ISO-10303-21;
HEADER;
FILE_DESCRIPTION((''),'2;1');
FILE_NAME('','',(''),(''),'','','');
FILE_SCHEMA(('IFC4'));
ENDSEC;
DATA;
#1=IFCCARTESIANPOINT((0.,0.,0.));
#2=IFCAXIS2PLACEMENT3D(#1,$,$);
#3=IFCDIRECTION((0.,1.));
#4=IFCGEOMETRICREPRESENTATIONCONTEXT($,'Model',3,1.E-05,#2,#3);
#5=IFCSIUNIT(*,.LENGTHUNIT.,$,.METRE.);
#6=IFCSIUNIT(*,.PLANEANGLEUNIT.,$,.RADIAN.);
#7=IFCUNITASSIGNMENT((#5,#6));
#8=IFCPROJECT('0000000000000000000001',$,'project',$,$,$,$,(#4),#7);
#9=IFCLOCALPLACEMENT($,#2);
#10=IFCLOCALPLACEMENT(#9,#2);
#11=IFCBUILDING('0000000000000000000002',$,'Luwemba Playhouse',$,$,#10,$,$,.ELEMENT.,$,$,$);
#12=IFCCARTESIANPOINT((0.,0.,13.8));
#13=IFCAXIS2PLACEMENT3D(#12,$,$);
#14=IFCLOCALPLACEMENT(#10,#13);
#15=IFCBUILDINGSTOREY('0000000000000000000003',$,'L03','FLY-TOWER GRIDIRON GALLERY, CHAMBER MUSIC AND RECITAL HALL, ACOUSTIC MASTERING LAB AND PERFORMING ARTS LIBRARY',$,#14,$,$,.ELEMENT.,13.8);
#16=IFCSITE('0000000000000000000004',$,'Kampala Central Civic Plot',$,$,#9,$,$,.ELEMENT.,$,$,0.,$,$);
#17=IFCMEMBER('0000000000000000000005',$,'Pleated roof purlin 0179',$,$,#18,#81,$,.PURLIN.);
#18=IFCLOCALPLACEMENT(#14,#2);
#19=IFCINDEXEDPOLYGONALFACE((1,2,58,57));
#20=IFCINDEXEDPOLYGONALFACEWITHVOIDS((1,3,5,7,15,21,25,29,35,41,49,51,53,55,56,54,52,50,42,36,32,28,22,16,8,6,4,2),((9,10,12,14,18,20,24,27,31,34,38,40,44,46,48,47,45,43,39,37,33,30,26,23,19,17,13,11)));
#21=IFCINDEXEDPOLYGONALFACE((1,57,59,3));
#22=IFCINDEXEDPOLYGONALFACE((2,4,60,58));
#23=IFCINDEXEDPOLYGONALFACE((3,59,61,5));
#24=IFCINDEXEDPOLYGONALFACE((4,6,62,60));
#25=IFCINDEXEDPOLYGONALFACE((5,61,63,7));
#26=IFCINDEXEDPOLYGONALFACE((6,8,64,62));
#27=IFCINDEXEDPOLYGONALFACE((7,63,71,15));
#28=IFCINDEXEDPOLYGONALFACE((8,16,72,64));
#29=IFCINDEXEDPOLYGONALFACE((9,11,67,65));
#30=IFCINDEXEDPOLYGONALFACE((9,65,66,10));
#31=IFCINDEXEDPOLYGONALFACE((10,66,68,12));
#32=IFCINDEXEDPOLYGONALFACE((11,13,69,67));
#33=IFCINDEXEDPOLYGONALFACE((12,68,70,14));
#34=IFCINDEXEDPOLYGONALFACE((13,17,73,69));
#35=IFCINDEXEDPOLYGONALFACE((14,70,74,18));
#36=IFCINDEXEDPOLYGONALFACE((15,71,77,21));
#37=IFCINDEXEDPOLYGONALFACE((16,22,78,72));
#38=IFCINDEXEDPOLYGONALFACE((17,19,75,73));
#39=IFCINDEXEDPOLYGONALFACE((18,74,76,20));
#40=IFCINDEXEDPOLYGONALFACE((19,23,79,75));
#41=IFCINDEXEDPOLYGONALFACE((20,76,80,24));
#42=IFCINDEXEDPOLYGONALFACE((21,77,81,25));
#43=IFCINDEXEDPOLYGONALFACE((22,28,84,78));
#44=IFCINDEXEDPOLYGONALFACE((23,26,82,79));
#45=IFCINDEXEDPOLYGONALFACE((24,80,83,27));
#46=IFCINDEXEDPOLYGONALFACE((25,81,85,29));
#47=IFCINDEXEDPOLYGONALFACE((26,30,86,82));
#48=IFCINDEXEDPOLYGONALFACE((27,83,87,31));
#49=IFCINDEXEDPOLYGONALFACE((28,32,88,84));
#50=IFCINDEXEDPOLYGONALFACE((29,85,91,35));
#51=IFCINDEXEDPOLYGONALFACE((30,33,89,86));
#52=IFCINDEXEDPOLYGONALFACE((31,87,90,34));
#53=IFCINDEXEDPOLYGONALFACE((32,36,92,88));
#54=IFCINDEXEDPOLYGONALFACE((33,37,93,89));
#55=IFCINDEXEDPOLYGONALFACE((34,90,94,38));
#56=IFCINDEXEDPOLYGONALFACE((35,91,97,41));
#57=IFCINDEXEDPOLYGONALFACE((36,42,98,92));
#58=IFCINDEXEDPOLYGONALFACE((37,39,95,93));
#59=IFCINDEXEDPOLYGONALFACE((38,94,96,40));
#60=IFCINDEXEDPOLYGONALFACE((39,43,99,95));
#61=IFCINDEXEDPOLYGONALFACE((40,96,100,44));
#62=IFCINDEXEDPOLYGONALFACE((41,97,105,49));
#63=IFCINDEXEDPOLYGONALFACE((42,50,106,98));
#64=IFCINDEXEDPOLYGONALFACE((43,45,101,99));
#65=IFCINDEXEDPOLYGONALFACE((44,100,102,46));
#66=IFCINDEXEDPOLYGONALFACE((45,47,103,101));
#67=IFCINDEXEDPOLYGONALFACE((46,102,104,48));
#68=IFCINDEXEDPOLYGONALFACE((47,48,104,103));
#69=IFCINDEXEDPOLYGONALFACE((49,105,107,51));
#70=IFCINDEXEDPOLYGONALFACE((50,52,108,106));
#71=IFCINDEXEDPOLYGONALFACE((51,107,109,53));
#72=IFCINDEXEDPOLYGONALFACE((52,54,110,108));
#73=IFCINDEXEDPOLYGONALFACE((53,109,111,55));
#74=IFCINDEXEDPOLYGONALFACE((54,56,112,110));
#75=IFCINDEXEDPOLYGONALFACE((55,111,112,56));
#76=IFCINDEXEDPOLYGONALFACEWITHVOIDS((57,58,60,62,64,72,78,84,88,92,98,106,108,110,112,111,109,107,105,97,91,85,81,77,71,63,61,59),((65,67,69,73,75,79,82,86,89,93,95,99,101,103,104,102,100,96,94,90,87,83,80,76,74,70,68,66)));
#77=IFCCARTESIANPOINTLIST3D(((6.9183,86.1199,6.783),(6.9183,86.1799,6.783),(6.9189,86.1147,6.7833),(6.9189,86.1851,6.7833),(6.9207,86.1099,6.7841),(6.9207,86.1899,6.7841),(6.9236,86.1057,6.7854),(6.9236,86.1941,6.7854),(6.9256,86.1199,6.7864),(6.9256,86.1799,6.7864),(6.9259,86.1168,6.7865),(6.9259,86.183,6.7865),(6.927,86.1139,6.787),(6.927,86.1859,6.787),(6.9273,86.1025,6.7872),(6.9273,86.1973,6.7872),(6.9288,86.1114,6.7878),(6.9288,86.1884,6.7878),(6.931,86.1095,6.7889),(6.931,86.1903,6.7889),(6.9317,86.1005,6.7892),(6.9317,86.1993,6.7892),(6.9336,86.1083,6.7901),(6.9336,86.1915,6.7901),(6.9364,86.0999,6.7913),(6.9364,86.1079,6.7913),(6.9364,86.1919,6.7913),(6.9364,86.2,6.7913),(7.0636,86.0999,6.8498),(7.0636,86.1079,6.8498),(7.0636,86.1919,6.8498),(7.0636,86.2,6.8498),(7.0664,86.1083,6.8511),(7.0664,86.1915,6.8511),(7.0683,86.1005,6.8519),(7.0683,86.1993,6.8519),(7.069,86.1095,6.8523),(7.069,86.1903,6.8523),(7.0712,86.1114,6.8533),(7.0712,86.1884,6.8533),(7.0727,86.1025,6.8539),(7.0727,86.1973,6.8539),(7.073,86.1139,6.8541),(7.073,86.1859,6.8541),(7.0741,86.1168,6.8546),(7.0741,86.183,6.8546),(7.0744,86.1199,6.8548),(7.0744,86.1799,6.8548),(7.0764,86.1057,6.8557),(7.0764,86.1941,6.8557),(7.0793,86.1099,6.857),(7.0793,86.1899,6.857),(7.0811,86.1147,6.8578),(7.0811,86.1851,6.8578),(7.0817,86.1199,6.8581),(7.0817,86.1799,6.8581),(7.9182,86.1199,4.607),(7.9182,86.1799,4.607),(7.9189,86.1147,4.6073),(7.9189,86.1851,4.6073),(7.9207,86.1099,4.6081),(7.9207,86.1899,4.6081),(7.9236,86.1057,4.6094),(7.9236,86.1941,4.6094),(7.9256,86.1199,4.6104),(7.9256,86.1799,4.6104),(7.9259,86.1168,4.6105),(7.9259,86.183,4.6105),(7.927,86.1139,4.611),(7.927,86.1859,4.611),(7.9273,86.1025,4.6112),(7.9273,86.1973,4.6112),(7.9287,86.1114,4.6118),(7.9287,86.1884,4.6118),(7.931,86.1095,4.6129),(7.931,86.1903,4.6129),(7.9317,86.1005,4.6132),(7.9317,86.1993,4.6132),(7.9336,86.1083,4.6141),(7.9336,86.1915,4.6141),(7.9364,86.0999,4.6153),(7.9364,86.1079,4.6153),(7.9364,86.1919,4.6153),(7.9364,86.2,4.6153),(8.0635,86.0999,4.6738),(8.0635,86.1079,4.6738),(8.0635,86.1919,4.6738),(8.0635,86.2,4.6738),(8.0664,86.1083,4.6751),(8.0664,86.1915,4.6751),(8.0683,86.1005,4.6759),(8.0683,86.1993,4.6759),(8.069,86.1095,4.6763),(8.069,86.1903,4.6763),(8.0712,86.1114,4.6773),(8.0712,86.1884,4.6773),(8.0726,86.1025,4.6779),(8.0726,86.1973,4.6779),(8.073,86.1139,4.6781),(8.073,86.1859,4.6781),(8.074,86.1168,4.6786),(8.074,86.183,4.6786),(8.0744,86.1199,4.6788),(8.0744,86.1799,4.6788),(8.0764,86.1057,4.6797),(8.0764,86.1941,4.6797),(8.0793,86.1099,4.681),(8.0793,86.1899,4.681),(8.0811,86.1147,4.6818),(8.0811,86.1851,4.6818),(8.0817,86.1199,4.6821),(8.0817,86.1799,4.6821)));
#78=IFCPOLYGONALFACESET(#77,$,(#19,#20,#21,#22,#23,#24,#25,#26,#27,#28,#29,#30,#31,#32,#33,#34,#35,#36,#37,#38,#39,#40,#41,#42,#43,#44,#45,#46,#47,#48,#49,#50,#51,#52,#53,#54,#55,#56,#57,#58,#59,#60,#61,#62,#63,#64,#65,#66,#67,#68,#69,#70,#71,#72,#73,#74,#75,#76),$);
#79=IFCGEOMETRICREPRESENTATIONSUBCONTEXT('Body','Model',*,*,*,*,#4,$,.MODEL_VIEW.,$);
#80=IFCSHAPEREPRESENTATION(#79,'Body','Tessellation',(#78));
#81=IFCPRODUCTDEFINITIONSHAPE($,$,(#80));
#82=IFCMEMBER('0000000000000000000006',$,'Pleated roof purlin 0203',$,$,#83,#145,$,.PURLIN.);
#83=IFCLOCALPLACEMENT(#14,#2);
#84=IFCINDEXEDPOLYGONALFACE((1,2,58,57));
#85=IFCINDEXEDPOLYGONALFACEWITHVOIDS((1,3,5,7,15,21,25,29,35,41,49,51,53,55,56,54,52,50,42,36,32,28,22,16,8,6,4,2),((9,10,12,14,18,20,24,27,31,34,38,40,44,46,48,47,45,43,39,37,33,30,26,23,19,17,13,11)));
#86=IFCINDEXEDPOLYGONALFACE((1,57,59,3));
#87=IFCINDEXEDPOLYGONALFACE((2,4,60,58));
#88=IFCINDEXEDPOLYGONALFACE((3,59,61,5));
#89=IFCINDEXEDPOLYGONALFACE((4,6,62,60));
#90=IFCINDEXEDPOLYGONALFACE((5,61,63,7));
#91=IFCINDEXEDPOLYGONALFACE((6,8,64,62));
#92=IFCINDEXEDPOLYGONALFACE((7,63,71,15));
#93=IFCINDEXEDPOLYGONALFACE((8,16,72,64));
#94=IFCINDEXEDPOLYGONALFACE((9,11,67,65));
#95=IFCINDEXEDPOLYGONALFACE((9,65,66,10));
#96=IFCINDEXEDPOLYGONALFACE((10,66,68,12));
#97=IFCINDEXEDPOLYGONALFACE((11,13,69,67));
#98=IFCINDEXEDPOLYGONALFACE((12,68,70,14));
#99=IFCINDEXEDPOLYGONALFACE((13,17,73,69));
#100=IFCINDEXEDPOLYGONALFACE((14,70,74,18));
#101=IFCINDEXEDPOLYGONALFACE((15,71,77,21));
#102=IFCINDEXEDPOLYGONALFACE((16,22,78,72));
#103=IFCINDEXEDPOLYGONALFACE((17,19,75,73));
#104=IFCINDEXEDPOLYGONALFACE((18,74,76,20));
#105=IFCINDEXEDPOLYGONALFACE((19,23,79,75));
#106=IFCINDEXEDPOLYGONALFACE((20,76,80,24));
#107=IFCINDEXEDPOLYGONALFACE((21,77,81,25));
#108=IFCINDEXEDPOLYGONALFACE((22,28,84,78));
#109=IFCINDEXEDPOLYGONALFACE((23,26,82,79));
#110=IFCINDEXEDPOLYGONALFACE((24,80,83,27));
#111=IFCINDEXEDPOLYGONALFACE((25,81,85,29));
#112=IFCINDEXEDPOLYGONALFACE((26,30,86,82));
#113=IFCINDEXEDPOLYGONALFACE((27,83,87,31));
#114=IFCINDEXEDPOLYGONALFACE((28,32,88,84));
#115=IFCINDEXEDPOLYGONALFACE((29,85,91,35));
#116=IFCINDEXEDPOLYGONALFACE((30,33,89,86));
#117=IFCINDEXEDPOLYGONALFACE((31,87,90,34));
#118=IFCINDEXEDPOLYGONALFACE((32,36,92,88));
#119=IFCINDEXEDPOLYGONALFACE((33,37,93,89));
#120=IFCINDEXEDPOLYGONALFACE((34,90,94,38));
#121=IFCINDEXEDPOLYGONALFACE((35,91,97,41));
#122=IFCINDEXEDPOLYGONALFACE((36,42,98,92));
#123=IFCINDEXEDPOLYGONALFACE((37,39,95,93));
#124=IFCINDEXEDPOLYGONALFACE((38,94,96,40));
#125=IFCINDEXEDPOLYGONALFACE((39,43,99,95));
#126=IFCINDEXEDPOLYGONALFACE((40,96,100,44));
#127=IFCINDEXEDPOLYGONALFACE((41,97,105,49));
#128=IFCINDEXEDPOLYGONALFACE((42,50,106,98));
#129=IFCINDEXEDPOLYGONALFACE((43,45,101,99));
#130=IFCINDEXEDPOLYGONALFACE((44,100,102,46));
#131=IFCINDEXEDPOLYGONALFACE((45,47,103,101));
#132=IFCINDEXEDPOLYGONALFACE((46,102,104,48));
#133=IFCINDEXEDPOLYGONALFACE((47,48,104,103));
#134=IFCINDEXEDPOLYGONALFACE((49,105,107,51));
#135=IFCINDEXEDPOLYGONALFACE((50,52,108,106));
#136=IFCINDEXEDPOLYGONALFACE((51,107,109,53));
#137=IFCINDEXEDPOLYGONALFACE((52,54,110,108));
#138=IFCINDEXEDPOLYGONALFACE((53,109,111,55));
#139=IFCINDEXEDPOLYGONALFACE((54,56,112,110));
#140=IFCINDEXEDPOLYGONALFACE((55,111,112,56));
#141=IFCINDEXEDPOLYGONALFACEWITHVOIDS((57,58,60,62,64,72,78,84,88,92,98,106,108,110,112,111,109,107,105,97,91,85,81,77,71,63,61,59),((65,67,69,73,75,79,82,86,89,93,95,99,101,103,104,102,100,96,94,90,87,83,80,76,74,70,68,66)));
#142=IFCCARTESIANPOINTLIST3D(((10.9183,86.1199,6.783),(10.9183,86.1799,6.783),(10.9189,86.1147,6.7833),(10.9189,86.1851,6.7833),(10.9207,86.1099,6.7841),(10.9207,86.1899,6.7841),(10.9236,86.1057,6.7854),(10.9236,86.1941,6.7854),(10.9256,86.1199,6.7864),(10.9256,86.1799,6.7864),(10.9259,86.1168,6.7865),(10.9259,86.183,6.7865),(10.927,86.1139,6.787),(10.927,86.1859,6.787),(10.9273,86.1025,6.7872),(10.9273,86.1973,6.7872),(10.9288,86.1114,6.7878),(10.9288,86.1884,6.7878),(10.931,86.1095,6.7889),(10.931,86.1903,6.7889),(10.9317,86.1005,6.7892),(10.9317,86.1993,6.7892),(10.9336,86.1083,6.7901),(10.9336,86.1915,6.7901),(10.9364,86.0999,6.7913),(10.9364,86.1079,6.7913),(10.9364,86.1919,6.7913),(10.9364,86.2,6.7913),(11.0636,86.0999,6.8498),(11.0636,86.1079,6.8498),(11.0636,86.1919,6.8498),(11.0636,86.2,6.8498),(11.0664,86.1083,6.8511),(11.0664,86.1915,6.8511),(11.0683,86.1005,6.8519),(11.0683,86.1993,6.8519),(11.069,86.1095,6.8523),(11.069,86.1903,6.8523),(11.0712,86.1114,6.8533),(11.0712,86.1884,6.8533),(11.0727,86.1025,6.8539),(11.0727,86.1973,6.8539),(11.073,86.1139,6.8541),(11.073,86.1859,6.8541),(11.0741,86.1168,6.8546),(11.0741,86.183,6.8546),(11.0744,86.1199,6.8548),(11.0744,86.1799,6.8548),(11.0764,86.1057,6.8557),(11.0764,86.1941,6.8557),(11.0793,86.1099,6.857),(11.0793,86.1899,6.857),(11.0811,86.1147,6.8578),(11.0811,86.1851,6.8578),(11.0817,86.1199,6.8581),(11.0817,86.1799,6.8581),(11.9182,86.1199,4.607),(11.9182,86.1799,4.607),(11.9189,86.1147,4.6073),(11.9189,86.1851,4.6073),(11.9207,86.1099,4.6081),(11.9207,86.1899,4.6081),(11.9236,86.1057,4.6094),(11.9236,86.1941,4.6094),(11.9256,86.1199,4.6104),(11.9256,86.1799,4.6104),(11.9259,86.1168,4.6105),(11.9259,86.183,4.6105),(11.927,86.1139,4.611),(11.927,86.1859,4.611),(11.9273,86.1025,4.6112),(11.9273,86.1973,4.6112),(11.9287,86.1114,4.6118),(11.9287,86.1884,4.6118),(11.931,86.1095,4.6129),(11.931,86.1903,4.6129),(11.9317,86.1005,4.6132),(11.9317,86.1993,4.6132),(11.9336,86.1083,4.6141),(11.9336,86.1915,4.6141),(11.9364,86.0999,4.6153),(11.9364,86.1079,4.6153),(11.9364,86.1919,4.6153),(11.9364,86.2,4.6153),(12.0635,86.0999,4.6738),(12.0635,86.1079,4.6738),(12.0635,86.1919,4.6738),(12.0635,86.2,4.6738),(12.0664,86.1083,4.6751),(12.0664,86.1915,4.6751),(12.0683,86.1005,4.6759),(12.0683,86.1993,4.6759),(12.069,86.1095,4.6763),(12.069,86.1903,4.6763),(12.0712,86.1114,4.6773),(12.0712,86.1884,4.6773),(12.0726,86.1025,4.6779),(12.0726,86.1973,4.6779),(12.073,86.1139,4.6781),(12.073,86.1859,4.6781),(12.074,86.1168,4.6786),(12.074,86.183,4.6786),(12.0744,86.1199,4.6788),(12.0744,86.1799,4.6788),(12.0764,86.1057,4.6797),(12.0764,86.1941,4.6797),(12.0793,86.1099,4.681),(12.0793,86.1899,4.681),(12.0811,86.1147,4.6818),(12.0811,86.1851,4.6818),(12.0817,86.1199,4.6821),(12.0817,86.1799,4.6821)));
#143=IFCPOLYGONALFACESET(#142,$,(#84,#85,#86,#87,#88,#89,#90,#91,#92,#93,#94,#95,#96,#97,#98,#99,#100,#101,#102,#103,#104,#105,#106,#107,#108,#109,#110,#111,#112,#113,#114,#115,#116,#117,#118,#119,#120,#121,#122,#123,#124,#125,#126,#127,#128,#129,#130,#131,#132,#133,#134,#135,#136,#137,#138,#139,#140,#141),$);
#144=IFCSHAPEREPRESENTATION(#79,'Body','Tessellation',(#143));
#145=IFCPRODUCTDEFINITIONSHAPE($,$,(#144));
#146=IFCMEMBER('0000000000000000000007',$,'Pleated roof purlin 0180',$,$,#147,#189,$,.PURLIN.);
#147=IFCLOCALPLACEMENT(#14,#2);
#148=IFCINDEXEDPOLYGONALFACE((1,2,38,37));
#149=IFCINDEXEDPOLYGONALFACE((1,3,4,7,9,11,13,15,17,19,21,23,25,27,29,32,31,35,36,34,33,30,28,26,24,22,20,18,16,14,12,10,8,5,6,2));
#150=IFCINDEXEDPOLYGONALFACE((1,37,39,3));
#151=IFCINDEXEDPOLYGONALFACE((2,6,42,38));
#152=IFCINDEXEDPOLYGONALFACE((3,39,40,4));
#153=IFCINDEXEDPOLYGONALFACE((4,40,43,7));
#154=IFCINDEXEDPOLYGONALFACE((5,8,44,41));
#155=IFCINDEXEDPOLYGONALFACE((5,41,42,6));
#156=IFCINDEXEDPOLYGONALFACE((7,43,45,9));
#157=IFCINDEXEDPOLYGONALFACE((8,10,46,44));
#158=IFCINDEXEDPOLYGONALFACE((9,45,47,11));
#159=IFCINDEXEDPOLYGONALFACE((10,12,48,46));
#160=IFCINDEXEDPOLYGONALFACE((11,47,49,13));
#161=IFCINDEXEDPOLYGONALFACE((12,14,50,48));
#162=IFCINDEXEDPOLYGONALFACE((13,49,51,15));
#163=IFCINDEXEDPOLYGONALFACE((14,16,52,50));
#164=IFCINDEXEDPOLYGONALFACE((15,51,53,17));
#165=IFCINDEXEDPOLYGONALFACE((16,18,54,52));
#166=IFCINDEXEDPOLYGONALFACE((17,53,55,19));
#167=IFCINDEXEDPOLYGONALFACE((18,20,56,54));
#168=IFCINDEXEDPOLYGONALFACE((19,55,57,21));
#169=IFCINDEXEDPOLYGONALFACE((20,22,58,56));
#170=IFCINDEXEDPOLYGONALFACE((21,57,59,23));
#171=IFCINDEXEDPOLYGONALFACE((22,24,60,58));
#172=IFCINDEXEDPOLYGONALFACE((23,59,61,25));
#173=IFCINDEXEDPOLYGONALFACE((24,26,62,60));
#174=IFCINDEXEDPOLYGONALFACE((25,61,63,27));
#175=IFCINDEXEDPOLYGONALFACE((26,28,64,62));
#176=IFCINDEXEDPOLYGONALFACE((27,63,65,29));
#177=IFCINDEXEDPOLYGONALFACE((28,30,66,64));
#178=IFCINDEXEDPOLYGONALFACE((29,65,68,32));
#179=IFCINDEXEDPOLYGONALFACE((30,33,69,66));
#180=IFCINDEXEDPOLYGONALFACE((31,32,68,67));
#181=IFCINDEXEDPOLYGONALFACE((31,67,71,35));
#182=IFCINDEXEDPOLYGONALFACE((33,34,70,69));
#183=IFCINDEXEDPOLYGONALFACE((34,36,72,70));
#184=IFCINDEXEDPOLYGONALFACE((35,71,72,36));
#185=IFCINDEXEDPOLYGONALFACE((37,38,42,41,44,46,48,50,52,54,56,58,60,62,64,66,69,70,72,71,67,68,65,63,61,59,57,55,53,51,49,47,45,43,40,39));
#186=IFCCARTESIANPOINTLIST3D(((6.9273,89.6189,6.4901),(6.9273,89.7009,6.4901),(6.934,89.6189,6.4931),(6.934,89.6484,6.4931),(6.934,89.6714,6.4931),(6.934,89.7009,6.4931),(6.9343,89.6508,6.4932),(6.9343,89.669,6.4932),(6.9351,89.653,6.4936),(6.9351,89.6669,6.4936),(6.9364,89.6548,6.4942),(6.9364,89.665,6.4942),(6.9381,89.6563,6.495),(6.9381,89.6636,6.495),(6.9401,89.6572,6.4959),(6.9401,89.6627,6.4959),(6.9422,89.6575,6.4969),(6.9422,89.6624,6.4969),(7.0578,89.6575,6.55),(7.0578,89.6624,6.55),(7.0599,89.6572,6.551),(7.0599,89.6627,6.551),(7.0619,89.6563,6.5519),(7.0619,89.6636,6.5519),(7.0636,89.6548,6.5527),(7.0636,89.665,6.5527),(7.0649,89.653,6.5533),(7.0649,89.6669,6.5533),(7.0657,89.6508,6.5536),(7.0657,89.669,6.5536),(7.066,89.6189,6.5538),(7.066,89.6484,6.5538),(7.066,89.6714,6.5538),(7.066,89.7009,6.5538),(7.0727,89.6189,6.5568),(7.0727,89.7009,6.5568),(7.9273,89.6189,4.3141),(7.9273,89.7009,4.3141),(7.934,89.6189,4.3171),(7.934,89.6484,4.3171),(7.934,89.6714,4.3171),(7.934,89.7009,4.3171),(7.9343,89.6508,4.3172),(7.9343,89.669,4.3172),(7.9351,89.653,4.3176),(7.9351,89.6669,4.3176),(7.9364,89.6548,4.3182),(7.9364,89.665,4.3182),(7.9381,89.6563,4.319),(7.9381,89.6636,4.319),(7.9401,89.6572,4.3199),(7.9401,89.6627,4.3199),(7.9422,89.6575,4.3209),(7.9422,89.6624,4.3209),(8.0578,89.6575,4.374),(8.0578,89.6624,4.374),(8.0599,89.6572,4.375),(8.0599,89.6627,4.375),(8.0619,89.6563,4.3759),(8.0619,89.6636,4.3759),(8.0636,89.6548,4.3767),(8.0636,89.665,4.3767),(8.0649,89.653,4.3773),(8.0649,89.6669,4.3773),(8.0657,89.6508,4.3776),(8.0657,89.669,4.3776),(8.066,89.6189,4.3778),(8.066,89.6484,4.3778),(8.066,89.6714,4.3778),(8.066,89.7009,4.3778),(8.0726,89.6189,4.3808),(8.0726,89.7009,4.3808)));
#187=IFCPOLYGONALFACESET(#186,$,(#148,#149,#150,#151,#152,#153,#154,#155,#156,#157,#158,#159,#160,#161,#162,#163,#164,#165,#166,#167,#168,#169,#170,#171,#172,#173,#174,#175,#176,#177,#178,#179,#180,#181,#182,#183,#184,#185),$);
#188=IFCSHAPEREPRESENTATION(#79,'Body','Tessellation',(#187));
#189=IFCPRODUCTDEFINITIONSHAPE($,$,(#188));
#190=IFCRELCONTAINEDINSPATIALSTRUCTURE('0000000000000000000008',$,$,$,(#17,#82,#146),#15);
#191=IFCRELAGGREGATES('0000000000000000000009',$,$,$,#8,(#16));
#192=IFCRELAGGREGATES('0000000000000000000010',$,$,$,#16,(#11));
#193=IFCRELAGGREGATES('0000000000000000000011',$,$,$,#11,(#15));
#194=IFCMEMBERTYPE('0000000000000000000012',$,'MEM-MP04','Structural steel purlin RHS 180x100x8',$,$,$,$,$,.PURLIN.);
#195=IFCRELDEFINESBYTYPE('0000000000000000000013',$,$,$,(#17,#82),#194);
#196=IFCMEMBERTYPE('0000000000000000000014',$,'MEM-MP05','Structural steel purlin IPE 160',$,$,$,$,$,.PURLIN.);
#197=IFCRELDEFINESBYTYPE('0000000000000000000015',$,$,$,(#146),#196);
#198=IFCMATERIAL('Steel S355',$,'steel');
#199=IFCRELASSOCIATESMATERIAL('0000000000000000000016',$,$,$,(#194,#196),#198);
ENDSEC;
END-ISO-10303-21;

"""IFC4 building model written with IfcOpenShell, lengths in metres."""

from ifc_helpers import new_model, si_unit, direction, frame, origin, origin_2d, place, context, subcontext, project, spatial, hollow_rectangle, i_section, extrude, material, material_profile, profile_set, type_object, element, save


model = new_model("IFC4")

# Units and contexts
model_context = context("Model", 3, precision=1e-05, world=origin(), true_north=direction((0.0, 1.0)))
body_context = subcontext(model_context, "Body", "Model", "MODEL_VIEW")
ifc_project = project(units=[si_unit("LENGTHUNIT", "METRE"), si_unit("PLANEANGLEUNIT", "RADIAN")], contexts=[model_context])

# Site, building, storey
site_placement = place(None, origin())
site = spatial("IfcSite", under=ifc_project, at=site_placement, Name="Kampala Central Civic Plot", CompositionType="ELEMENT", RefElevation=0.0)
building_placement = place(site_placement, origin())
building = spatial("IfcBuilding", under=site, at=building_placement, Name="Luwemba Playhouse", CompositionType="ELEMENT")
storey_placement = place(building_placement, frame((0.0, 0.0, 13.8)))
storey = spatial("IfcBuildingStorey", under=building, at=storey_placement, Name="L03", Description="FLY-TOWER GRIDIRON GALLERY, CHAMBER MUSIC AND RECITAL HALL, ACOUSTIC MASTERING LAB AND PERFORMING ARTS LIBRARY", CompositionType="ELEMENT", Elevation=13.8)

# Shared definitions
ifc_material_1 = material(Name="Steel S355", Category="steel")

# Members
ifc_material_profile_1 = material_profile(ifc_material_1, hollow_rectangle(XDim=0.1001, YDim=0.1799, WallThickness=0.0081, InnerFilletRadius=0.012, OuterFilletRadius=0.02, at=origin_2d()))
ifc_profile_set_1 = profile_set([ifc_material_profile_1], Name="Steel S355")
member_type_1 = type_object("IfcMemberType", Name="MEM-MP04", Description="Structural steel purlin RHS 180x100x8", PredefinedType="PURLIN", material=ifc_profile_set_1)
for number, where, z_axis, x_axis, name in (
    (1, (7.0, 86.1499, 6.8206), (0.417571, 0.0, -0.908644), (0.0, 1.0, 0.0), "Pleated roof purlin 0179"),
    (2, (11.0, 86.1499, 6.8206), (0.417571, 0.0, -0.908644), (0.0, 1.0, 0.0), "Pleated roof purlin 0203"),
):
    element("IfcMember", number, at=place(storey_placement, frame(where, z_axis=z_axis, x_axis=x_axis)), inside=storey, type_object=member_type_1, Name=name, PredefinedType="PURLIN", context=body_context, shape_type="SweptSolid", body=[
        extrude(hollow_rectangle(XDim=0.1001, YDim=0.1799, WallThickness=0.0081, InnerFilletRadius=0.012, OuterFilletRadius=0.02, at=origin_2d()), origin(), (0.0, 0.0, 1.0), 2.3948),
    ])
ifc_material_profile_2 = material_profile(ifc_material_1, i_section(OverallWidth=0.082, OverallDepth=0.1599, WebThickness=0.0049, FlangeThickness=0.0073, FilletRadius=0.009, at=origin_2d()))
ifc_profile_set_2 = profile_set([ifc_material_profile_2], Name="Steel S355")
member_type_2 = type_object("IfcMemberType", Name="MEM-MP05", Description="Structural steel purlin IPE 160", PredefinedType="PURLIN", material=ifc_profile_set_2)
for number, where, z_axis, x_axis, name in (
    (3, (7.0, 89.6599, 6.5234), (0.417571, 0.0, -0.908644), (0.0, 1.0, 0.0), "Pleated roof purlin 0180"),
):
    element("IfcMember", number, at=place(storey_placement, frame(where, z_axis=z_axis, x_axis=x_axis)), inside=storey, type_object=member_type_2, Name=name, PredefinedType="PURLIN", context=body_context, shape_type="SweptSolid", body=[
        extrude(i_section(OverallWidth=0.082, OverallDepth=0.1599, WebThickness=0.0049, FlangeThickness=0.0073, FilletRadius=0.009, at=origin_2d()), origin(), (0.0, 0.0, 1.0), 2.3948),
    ])

save(model, "model.ifc")
